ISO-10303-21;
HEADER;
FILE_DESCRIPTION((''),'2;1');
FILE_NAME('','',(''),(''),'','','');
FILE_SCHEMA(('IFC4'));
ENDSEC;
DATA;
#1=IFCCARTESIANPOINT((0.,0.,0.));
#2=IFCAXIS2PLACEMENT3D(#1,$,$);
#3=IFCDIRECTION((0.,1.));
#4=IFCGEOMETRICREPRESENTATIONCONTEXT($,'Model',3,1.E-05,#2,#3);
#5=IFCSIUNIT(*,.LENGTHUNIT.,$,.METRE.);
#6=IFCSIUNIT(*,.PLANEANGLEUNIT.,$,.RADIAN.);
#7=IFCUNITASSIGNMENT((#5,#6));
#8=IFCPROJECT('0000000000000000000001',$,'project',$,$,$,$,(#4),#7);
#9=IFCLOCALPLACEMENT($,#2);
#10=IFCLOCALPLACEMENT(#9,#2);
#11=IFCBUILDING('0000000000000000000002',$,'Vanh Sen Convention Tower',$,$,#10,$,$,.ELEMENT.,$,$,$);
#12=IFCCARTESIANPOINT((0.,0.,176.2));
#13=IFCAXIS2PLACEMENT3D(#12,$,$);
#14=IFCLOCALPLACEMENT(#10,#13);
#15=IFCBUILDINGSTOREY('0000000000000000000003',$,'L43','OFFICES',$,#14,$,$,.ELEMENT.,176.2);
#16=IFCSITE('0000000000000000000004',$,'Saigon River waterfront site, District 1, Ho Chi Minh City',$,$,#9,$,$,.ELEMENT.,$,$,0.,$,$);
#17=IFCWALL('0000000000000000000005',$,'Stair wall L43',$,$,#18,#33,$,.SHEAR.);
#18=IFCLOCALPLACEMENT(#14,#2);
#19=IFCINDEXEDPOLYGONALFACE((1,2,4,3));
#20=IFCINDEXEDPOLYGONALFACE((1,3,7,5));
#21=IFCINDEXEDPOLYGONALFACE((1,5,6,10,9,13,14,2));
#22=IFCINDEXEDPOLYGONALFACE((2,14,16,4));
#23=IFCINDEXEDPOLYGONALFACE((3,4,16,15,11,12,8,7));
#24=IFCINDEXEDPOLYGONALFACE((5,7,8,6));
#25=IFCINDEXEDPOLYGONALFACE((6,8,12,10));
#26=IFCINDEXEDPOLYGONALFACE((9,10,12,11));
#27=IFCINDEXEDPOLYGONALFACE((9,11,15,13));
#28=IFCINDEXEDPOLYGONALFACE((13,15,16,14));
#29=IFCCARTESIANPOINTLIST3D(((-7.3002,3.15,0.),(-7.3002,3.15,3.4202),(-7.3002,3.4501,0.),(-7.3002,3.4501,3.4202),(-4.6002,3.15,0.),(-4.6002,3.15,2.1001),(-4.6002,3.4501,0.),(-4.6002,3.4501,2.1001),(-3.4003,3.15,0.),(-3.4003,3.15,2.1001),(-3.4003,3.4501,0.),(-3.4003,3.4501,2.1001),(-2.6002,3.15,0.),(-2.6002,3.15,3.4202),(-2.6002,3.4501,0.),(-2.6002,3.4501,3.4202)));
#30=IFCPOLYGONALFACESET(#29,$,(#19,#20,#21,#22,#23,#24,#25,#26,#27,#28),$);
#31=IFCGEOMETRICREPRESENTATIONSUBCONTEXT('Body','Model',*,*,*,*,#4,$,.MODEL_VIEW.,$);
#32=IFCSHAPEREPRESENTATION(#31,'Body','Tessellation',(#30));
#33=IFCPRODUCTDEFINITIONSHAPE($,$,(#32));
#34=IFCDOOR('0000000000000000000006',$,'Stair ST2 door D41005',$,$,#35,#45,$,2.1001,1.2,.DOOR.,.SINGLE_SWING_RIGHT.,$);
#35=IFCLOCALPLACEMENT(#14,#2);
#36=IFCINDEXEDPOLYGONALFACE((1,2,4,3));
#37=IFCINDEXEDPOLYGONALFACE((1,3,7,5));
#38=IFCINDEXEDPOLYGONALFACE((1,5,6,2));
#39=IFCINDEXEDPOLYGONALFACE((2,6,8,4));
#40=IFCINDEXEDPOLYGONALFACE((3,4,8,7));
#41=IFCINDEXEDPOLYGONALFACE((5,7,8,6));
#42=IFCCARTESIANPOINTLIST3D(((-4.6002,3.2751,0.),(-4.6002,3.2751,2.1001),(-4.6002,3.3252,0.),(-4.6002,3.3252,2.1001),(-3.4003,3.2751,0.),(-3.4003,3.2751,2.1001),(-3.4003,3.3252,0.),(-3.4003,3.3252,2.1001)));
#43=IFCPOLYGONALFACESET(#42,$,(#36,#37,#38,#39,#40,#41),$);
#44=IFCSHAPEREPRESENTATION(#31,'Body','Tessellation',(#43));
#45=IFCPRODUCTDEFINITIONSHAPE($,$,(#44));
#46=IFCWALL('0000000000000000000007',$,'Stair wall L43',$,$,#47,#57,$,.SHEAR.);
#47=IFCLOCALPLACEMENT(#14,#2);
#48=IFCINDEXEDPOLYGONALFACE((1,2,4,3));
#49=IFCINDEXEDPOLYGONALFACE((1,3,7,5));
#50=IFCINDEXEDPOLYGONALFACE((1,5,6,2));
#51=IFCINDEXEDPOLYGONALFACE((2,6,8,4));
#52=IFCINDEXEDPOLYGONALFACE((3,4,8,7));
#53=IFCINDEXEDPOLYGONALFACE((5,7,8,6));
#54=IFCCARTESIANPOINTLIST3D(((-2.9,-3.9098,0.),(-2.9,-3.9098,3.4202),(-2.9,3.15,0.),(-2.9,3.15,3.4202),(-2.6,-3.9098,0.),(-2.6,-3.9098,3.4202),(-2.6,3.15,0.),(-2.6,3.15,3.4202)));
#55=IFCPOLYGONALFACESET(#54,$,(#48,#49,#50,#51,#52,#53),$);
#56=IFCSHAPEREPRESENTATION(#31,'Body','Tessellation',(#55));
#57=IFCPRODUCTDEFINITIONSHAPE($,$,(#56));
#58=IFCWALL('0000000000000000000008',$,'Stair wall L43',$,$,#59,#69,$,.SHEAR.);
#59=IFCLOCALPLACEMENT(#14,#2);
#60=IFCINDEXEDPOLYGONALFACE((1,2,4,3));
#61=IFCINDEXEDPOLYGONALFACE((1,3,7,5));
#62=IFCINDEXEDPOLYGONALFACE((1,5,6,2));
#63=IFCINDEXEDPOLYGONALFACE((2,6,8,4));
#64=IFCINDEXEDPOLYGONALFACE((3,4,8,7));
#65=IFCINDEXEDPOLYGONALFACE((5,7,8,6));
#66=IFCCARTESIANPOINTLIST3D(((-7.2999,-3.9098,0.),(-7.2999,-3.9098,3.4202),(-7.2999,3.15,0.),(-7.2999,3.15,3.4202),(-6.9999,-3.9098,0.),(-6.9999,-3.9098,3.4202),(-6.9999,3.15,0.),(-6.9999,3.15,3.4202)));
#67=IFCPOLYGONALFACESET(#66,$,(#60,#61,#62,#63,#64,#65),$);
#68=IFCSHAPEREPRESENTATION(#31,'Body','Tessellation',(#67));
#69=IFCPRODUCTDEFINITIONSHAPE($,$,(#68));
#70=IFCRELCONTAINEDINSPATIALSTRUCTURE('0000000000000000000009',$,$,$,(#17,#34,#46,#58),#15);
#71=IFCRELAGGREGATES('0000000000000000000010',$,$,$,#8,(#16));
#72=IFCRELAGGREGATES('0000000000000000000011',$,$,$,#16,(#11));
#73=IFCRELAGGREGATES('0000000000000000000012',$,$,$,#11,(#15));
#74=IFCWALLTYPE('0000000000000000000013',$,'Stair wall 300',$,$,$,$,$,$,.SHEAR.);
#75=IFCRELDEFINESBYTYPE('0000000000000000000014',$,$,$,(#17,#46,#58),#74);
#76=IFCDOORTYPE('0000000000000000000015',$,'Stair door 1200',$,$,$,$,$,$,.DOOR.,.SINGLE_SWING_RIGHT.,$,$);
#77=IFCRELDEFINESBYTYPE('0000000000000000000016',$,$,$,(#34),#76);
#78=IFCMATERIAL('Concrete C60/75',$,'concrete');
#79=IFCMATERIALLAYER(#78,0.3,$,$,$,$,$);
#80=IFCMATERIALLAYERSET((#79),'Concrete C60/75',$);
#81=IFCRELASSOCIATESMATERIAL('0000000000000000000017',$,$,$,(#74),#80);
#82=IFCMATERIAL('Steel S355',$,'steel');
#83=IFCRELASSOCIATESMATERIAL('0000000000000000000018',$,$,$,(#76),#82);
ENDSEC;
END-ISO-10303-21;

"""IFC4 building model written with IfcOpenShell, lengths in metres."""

from ifc_helpers import new_model, si_unit, direction, frame, frame_2d, origin, place, context, subcontext, project, spatial, rectangle, extrude, material, layer, layer_set, type_object, element, fill, save


model = new_model("IFC4")

# Units and contexts
model_context = context("Model", 3, precision=1e-05, world=origin(), true_north=direction((0.0, 1.0)))
body_context = subcontext(model_context, "Body", "Model", "MODEL_VIEW")
ifc_project = project(units=[si_unit("LENGTHUNIT", "METRE"), si_unit("PLANEANGLEUNIT", "RADIAN")], contexts=[model_context])

# Site, building, storey
site_placement = place(None, origin())
site = spatial("IfcSite", under=ifc_project, at=site_placement, Name="Saigon River waterfront site, District 1, Ho Chi Minh City", CompositionType="ELEMENT", RefElevation=0.0)
building_placement = place(site_placement, origin())
building = spatial("IfcBuilding", under=site, at=building_placement, Name="Vanh Sen Convention Tower", CompositionType="ELEMENT")
storey_placement = place(building_placement, frame((0.0, 0.0, 176.2)))
storey = spatial("IfcBuildingStorey", under=building, at=storey_placement, Name="L43", Description="OFFICES", CompositionType="ELEMENT", Elevation=176.2)

# Shared definitions
ifc_material_1 = material(Name="Steel S355", Category="steel")

# Shared definitions
ifc_material_2 = material(Name="Concrete C60/75", Category="concrete")

# Shared definitions
ifc_layer_1 = layer(ifc_material_2, 0.3)
ifc_layer_set_1 = layer_set([ifc_layer_1], Name="Concrete C60/75")
wall_type_1 = type_object("IfcWallType", Name="Stair wall 300", PredefinedType="SHEAR", material=ifc_layer_set_1)

# Wall, opening, door
wall_1_placement = place(storey_placement, frame((-2.6001, 3.3, 0.0), z_axis=(0.0, 0.0, 1.0), x_axis=(-1.0, 0.0, 0.0)))
wall_1 = element("IfcWall", 1, at=wall_1_placement, inside=storey, type_object=wall_type_1, Name="Stair wall L43", PredefinedType="SHEAR", context=body_context, shape_type="SweptSolid", body=[
    extrude(rectangle(XDim=4.7, YDim=0.3, at=frame_2d((2.3501, 0.0))), origin(), (0.0, 0.0, 1.0), 3.4202),
])
opening_1_placement = place(wall_1_placement, frame((0.8, 0.0, 0.0)))
opening_1 = element("IfcOpeningElement", 2, at=opening_1_placement, cuts=wall_1, PredefinedType="OPENING", context=body_context, shape_type="SweptSolid", body=[
    extrude(rectangle(XDim=1.2, YDim=2.1001, at=frame_2d((0.6001, 1.05))), frame((0.0, 0.1599, 0.0), z_axis=(0.0, -1.0, 0.0), x_axis=(1.0, 0.0, 0.0)), (0.0, 0.0, 1.0), 0.3201),
])
door_type_1 = type_object("IfcDoorType", Name="Stair door 1200", OperationType="SINGLE_SWING_RIGHT", PredefinedType="DOOR", material=ifc_material_1)
door_1_placement = place(opening_1_placement, origin())
door_1 = element("IfcDoor", 3, at=door_1_placement, inside=storey, type_object=door_type_1, Name="Stair ST2 door D41005", OperationType="SINGLE_SWING_RIGHT", OverallHeight=2.1001, OverallWidth=1.2, PredefinedType="DOOR", context=body_context, shape_type="SweptSolid", body=[
    extrude(rectangle(XDim=1.2, YDim=2.1001, at=frame_2d((0.6001, 1.05))), frame((0.0, 0.0249, 0.0), z_axis=(0.0, -1.0, 0.0), x_axis=(1.0, 0.0, 0.0)), (0.0, 0.0, 1.0), 0.05),
])
fill(opening_1, door_1)

# Walls
for number, where, z_axis, x_axis, name in (
    (4, (-2.75, 3.1499, 0.0), (0.0, 0.0, 1.0), (0.0, -1.0, 0.0), "Stair wall L43"),
    (5, (-7.1499, 3.1499, 0.0), (0.0, 0.0, 1.0), (0.0, -1.0, 0.0), "Stair wall L43"),
):
    element("IfcWall", number, at=place(storey_placement, frame(where, z_axis=z_axis, x_axis=x_axis)), inside=storey, type_object=wall_type_1, Name=name, PredefinedType="SHEAR", context=body_context, shape_type="SweptSolid", body=[
        extrude(rectangle(XDim=7.0598, YDim=0.3, at=frame_2d((3.5298, 0.0))), origin(), (0.0, 0.0, 1.0), 3.4202),
    ])

save(model, "model.ifc")
